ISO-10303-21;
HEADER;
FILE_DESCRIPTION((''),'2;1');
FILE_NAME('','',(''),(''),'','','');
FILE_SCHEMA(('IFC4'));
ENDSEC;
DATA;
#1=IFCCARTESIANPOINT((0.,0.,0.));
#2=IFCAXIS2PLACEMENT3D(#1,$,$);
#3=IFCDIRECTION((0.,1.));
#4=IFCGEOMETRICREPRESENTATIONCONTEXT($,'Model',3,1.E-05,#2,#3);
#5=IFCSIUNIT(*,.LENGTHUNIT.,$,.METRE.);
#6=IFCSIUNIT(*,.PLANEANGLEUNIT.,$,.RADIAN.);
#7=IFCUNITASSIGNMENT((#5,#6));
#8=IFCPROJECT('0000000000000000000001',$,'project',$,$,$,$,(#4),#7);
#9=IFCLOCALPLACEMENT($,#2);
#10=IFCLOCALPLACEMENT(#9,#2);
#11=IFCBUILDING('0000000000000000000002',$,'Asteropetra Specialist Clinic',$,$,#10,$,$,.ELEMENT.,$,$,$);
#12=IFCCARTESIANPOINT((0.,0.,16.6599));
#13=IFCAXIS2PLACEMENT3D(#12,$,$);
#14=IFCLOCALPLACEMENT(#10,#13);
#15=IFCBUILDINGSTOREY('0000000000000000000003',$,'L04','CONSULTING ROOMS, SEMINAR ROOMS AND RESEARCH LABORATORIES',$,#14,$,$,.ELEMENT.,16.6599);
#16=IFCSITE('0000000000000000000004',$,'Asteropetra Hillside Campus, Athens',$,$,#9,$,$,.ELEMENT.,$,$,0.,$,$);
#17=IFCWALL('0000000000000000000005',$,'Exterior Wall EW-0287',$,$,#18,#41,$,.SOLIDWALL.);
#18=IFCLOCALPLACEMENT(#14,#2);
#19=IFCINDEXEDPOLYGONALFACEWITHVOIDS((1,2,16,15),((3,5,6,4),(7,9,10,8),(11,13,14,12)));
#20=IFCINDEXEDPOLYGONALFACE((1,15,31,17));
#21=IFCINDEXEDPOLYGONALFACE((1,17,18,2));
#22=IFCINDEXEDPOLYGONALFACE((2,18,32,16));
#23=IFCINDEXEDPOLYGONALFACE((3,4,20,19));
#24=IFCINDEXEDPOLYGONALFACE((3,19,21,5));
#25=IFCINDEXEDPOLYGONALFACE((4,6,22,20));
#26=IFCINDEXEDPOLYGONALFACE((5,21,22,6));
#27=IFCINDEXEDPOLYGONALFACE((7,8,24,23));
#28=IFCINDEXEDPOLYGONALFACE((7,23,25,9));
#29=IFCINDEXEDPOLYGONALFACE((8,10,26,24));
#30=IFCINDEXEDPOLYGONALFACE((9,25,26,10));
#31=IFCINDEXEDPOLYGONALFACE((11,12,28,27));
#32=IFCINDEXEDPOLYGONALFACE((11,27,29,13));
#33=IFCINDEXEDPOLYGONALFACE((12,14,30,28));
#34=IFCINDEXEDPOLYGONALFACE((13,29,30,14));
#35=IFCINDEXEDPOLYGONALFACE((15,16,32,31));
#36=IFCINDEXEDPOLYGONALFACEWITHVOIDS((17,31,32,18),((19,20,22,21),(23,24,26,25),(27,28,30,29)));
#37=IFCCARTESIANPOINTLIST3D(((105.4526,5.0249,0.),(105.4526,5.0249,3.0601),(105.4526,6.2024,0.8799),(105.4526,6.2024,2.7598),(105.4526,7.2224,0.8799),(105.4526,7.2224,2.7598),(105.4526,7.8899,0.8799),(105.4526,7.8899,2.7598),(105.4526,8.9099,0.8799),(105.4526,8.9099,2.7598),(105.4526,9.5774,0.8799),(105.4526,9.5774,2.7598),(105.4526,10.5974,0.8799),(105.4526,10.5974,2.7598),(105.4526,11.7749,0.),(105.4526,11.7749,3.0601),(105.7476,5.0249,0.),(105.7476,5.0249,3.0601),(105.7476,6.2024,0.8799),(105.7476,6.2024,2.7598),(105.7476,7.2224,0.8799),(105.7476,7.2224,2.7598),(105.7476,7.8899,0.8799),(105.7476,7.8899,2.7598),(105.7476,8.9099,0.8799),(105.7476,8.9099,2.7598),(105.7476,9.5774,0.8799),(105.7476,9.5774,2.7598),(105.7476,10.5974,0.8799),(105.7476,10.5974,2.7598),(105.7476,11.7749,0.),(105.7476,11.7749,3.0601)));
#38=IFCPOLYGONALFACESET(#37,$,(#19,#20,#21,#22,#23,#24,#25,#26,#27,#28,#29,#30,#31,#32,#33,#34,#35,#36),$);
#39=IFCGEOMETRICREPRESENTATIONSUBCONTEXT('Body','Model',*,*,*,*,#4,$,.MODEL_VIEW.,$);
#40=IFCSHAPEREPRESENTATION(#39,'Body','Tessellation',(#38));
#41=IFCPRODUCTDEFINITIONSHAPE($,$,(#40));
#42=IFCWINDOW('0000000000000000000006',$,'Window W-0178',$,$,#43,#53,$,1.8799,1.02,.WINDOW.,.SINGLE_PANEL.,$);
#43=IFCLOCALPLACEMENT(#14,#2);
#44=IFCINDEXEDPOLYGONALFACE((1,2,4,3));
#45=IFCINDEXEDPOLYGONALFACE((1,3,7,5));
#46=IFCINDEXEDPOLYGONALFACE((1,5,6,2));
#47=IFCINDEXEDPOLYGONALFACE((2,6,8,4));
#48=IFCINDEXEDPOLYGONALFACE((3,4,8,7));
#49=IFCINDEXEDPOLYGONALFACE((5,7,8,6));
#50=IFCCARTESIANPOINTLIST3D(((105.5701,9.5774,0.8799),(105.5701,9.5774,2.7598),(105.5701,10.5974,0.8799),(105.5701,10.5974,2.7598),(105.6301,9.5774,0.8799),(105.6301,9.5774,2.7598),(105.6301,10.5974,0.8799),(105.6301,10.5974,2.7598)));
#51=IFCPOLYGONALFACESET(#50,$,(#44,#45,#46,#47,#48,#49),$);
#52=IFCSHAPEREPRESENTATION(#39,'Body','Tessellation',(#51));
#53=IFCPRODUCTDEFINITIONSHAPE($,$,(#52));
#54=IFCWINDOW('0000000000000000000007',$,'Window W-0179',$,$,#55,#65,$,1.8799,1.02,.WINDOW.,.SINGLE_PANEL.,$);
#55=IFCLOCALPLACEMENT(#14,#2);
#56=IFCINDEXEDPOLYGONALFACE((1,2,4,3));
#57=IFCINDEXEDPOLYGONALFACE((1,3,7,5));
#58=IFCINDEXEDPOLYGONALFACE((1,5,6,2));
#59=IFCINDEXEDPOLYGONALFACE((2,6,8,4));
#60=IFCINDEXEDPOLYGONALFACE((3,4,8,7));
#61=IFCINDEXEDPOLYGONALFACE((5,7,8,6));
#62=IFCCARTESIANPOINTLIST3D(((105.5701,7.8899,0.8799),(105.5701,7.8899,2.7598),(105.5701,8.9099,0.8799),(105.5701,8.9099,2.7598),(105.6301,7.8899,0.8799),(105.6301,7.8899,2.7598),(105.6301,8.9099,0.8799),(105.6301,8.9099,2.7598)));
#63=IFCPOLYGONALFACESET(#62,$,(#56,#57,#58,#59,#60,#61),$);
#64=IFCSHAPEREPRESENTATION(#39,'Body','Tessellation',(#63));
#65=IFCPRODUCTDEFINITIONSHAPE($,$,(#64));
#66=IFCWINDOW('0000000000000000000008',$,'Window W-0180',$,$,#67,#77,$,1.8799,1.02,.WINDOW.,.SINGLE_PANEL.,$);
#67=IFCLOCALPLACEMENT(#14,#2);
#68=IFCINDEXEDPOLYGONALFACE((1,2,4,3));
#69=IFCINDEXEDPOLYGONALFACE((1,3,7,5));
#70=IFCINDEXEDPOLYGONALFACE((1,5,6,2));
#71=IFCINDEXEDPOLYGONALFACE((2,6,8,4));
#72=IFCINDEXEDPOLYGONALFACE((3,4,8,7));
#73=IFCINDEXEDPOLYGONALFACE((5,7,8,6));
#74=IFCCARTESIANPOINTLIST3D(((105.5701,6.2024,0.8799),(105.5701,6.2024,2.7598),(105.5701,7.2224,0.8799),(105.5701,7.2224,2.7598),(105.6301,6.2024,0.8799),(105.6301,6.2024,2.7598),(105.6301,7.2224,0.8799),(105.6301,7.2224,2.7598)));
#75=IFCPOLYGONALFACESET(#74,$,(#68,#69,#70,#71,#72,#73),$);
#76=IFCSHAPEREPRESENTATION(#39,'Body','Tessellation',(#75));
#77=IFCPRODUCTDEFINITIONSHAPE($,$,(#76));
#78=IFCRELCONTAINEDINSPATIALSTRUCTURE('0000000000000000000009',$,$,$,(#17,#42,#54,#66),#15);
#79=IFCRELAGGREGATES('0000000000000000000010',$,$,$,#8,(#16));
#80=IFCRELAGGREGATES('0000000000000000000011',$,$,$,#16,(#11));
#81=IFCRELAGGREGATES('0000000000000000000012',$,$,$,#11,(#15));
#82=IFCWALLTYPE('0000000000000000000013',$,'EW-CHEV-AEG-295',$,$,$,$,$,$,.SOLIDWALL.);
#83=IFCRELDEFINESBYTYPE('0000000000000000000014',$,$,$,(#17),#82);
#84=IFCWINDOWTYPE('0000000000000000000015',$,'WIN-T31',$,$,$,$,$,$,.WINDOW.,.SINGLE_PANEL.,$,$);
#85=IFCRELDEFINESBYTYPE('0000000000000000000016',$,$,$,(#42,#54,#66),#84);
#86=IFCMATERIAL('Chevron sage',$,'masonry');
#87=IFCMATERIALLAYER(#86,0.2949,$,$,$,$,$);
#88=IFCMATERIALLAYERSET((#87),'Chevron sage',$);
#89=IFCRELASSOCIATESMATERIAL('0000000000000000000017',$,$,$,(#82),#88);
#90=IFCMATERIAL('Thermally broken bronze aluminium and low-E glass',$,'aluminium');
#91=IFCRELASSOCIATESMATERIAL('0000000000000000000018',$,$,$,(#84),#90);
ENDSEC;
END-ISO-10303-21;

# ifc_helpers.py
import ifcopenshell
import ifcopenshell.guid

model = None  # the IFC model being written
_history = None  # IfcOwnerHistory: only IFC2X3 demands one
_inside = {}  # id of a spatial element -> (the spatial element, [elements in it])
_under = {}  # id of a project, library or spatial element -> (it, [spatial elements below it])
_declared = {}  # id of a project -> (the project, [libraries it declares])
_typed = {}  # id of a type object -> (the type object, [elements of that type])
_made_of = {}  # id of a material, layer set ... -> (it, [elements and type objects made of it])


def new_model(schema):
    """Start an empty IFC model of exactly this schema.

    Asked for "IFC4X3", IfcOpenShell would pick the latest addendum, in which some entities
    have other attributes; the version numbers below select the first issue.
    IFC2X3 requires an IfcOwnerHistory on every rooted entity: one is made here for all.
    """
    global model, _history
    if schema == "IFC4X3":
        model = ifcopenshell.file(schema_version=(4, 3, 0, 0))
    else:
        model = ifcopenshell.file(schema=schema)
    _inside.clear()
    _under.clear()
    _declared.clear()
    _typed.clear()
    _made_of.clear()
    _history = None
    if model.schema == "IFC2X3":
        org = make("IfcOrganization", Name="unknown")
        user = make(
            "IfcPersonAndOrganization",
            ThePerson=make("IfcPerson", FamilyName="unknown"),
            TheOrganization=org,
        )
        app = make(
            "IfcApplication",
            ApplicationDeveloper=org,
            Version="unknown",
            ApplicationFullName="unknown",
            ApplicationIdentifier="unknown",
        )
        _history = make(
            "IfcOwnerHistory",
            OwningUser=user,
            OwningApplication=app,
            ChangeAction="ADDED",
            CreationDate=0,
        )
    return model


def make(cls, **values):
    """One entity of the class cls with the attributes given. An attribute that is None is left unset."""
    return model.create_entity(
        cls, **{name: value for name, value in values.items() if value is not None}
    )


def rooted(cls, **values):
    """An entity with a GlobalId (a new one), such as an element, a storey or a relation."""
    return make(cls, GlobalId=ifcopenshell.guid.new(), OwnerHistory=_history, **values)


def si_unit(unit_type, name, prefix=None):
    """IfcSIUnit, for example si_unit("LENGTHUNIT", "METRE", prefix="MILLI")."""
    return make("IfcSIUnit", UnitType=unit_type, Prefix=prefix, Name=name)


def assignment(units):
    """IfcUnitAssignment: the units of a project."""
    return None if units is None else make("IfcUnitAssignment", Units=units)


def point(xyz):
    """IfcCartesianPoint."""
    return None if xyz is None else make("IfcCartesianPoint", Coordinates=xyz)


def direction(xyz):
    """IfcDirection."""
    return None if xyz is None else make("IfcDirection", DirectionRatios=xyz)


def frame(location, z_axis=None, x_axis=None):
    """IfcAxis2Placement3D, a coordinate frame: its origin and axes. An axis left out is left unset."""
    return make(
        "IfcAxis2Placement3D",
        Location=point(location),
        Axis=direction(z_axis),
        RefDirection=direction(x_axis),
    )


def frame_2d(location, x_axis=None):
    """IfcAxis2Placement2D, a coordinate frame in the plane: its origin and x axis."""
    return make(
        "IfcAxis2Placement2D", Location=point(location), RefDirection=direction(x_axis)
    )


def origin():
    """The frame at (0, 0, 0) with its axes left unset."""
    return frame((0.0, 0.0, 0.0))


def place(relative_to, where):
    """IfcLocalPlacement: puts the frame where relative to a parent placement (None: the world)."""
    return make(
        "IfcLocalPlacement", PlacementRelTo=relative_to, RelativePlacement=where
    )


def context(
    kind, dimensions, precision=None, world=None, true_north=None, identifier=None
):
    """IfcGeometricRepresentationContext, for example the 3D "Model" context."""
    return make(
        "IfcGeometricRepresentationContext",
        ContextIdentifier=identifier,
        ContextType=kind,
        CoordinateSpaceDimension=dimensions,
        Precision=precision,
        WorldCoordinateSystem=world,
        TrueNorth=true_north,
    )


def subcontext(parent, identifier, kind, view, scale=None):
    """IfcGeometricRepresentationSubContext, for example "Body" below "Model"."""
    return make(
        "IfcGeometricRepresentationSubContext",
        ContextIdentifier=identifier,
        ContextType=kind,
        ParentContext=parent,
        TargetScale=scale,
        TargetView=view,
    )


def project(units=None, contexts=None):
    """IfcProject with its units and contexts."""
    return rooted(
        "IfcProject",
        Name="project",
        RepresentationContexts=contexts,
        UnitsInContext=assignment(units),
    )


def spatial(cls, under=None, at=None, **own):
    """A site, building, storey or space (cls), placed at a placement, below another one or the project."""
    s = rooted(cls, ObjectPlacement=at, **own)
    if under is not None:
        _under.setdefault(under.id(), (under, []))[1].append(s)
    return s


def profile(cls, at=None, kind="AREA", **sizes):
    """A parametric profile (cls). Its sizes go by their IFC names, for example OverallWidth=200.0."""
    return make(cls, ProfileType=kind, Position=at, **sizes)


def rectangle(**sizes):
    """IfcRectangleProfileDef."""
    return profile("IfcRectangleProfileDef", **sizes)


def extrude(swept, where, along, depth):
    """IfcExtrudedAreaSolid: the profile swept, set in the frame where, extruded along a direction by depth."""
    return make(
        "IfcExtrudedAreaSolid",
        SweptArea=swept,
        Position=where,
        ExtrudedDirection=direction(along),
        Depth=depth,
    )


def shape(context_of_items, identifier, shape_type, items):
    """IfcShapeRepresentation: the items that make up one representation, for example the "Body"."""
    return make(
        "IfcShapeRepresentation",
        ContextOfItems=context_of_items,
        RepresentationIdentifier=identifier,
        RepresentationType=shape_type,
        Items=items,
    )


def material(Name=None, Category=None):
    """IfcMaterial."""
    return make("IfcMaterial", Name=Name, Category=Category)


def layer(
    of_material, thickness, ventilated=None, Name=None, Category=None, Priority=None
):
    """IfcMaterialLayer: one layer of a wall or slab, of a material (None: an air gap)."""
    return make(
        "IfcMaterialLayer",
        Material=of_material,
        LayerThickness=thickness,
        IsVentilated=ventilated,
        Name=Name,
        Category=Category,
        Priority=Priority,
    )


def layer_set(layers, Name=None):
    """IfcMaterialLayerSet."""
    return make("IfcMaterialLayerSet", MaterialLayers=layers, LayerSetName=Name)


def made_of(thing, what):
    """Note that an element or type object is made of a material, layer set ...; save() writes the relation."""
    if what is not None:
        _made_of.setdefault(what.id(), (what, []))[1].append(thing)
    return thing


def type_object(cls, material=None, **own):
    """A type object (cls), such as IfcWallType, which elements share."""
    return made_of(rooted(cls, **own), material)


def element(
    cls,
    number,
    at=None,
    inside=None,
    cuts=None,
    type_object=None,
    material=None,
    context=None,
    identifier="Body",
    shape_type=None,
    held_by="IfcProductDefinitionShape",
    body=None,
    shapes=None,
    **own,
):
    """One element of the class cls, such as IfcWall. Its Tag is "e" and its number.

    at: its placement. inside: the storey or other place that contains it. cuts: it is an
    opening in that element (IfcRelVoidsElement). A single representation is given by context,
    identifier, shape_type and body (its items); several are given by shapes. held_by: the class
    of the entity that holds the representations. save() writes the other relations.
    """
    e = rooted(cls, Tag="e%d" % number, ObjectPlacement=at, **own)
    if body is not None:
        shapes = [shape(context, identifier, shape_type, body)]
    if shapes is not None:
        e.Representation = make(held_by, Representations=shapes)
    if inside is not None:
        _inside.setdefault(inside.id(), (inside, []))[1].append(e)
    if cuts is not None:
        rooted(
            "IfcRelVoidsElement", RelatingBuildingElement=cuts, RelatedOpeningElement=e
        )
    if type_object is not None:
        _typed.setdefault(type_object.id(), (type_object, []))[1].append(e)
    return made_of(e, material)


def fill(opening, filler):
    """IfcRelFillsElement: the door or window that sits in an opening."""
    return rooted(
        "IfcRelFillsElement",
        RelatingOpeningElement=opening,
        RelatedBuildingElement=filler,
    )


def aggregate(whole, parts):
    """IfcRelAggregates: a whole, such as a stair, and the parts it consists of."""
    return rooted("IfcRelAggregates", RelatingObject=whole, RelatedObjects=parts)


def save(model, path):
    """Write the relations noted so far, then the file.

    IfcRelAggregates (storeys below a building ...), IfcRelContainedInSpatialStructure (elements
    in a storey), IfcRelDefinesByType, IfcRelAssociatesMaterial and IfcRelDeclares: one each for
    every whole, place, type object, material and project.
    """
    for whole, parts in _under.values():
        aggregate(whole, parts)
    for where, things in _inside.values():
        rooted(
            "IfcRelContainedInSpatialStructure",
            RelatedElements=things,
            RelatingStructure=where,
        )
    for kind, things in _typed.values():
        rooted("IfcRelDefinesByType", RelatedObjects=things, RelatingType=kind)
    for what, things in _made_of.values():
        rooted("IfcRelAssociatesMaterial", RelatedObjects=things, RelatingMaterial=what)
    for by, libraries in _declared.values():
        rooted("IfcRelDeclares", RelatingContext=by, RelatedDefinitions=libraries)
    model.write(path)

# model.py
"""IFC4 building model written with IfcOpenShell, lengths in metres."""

from ifc_helpers import new_model, si_unit, direction, frame, frame_2d, origin, place, context, subcontext, project, spatial, rectangle, extrude, material, layer, layer_set, type_object, element, fill, save


model = new_model("IFC4")

# Units and contexts
model_context = context("Model", 3, precision=1e-05, world=origin(), true_north=direction((0.0, 1.0)))
body_context = subcontext(model_context, "Body", "Model", "MODEL_VIEW")
ifc_project = project(units=[si_unit("LENGTHUNIT", "METRE"), si_unit("PLANEANGLEUNIT", "RADIAN")], contexts=[model_context])

# Site, building, storey
site_placement = place(None, origin())
site = spatial("IfcSite", under=ifc_project, at=site_placement, Name="Asteropetra Hillside Campus, Athens", CompositionType="ELEMENT", RefElevation=0.0)
building_placement = place(site_placement, origin())
building = spatial("IfcBuilding", under=site, at=building_placement, Name="Asteropetra Specialist Clinic", CompositionType="ELEMENT")
storey_placement = place(building_placement, frame((0.0, 0.0, 16.6599)))
storey = spatial("IfcBuildingStorey", under=building, at=storey_placement, Name="L04", Description="CONSULTING ROOMS, SEMINAR ROOMS AND RESEARCH LABORATORIES", CompositionType="ELEMENT", Elevation=16.6599)

# Shared definitions
ifc_material_1 = material(Name="Chevron sage", Category="masonry")
ifc_layer = layer(ifc_material_1, 0.2949)
ifc_layer_set = layer_set([ifc_layer], Name="Chevron sage")
wall_type = type_object("IfcWallType", Name="EW-CHEV-AEG-295", PredefinedType="SOLIDWALL", material=ifc_layer_set)
ifc_material_2 = material(Name="Thermally broken bronze aluminium and low-E glass", Category="aluminium")
window_type = type_object("IfcWindowType", Name="WIN-T31", PartitioningType="SINGLE_PANEL", PredefinedType="WINDOW", material=ifc_material_2)

# Wall, openings, windows
wall_1_placement = place(storey_placement, frame((105.6001, 11.7749, 0.0), z_axis=(0.0, 0.0, 1.0), x_axis=(0.0, -1.0, 0.0)))
wall_1 = element("IfcWall", 1, at=wall_1_placement, inside=storey, type_object=wall_type, Name="Exterior Wall EW-0287", PredefinedType="SOLIDWALL", context=body_context, shape_type="SweptSolid", body=[
    extrude(rectangle(XDim=6.75, YDim=0.2949, at=frame_2d((3.375, 0.0))), origin(), (0.0, 0.0, 1.0), 3.0601),
])
opening_1_placement = place(wall_1_placement, frame((1.1775, 0.0, 0.8799)))
opening_1 = element("IfcOpeningElement", 2, at=opening_1_placement, cuts=wall_1, PredefinedType="OPENING", context=body_context, shape_type="SweptSolid", body=[
    extrude(rectangle(XDim=1.02, YDim=1.8799, at=frame_2d((0.51, 0.9399))), frame((0.0, 0.1575, 0.0), z_axis=(0.0, -1.0, 0.0), x_axis=(1.0, 0.0, 0.0)), (0.0, 0.0, 1.0), 0.3149),
])
opening_2_placement = place(wall_1_placement, frame((2.865, 0.0, 0.8799)))
opening_2 = element("IfcOpeningElement", 3, at=opening_2_placement, cuts=wall_1, PredefinedType="OPENING", context=body_context, shape_type="SweptSolid", body=[
    extrude(rectangle(XDim=1.02, YDim=1.8799, at=frame_2d((0.51, 0.9399))), frame((0.0, 0.1575, 0.0), z_axis=(0.0, -1.0, 0.0), x_axis=(1.0, 0.0, 0.0)), (0.0, 0.0, 1.0), 0.3149),
])
opening_3_placement = place(wall_1_placement, frame((4.5525, 0.0, 0.8799)))
opening_3 = element("IfcOpeningElement", 4, at=opening_3_placement, cuts=wall_1, PredefinedType="OPENING", context=body_context, shape_type="SweptSolid", body=[
    extrude(rectangle(XDim=1.02, YDim=1.8799, at=frame_2d((0.51, 0.9399))), frame((0.0, 0.1575, 0.0), z_axis=(0.0, -1.0, 0.0), x_axis=(1.0, 0.0, 0.0)), (0.0, 0.0, 1.0), 0.3149),
])
window_1_placement = place(opening_1_placement, origin())
window_1 = element("IfcWindow", 5, at=window_1_placement, inside=storey, type_object=window_type, Name="Window W-0178", OverallHeight=1.8799, OverallWidth=1.02, PartitioningType="SINGLE_PANEL", PredefinedType="WINDOW", context=body_context, shape_type="SweptSolid", body=[
    extrude(rectangle(XDim=1.02, YDim=1.8799, at=frame_2d((0.51, 0.9399))), frame((0.0, 0.03, 0.0), z_axis=(0.0, -1.0, 0.0), x_axis=(1.0, 0.0, 0.0)), (0.0, 0.0, 1.0), 0.0601),
])
fill(opening_1, window_1)
window_2_placement = place(opening_2_placement, origin())
window_2 = element("IfcWindow", 6, at=window_2_placement, inside=storey, type_object=window_type, Name="Window W-0179", OverallHeight=1.8799, OverallWidth=1.02, PartitioningType="SINGLE_PANEL", PredefinedType="WINDOW", context=body_context, shape_type="SweptSolid", body=[
    extrude(rectangle(XDim=1.02, YDim=1.8799, at=frame_2d((0.51, 0.9399))), frame((0.0, 0.03, 0.0), z_axis=(0.0, -1.0, 0.0), x_axis=(1.0, 0.0, 0.0)), (0.0, 0.0, 1.0), 0.0601),
])
fill(opening_2, window_2)
window_3_placement = place(opening_3_placement, origin())
window_3 = element("IfcWindow", 7, at=window_3_placement, inside=storey, type_object=window_type, Name="Window W-0180", OverallHeight=1.8799, OverallWidth=1.02, PartitioningType="SINGLE_PANEL", PredefinedType="WINDOW", context=body_context, shape_type="SweptSolid", body=[
    extrude(rectangle(XDim=1.02, YDim=1.8799, at=frame_2d((0.51, 0.9399))), frame((0.0, 0.03, 0.0), z_axis=(0.0, -1.0, 0.0), x_axis=(1.0, 0.0, 0.0)), (0.0, 0.0, 1.0), 0.0601),
])
fill(opening_3, window_3)

save(model, "model.ifc")
